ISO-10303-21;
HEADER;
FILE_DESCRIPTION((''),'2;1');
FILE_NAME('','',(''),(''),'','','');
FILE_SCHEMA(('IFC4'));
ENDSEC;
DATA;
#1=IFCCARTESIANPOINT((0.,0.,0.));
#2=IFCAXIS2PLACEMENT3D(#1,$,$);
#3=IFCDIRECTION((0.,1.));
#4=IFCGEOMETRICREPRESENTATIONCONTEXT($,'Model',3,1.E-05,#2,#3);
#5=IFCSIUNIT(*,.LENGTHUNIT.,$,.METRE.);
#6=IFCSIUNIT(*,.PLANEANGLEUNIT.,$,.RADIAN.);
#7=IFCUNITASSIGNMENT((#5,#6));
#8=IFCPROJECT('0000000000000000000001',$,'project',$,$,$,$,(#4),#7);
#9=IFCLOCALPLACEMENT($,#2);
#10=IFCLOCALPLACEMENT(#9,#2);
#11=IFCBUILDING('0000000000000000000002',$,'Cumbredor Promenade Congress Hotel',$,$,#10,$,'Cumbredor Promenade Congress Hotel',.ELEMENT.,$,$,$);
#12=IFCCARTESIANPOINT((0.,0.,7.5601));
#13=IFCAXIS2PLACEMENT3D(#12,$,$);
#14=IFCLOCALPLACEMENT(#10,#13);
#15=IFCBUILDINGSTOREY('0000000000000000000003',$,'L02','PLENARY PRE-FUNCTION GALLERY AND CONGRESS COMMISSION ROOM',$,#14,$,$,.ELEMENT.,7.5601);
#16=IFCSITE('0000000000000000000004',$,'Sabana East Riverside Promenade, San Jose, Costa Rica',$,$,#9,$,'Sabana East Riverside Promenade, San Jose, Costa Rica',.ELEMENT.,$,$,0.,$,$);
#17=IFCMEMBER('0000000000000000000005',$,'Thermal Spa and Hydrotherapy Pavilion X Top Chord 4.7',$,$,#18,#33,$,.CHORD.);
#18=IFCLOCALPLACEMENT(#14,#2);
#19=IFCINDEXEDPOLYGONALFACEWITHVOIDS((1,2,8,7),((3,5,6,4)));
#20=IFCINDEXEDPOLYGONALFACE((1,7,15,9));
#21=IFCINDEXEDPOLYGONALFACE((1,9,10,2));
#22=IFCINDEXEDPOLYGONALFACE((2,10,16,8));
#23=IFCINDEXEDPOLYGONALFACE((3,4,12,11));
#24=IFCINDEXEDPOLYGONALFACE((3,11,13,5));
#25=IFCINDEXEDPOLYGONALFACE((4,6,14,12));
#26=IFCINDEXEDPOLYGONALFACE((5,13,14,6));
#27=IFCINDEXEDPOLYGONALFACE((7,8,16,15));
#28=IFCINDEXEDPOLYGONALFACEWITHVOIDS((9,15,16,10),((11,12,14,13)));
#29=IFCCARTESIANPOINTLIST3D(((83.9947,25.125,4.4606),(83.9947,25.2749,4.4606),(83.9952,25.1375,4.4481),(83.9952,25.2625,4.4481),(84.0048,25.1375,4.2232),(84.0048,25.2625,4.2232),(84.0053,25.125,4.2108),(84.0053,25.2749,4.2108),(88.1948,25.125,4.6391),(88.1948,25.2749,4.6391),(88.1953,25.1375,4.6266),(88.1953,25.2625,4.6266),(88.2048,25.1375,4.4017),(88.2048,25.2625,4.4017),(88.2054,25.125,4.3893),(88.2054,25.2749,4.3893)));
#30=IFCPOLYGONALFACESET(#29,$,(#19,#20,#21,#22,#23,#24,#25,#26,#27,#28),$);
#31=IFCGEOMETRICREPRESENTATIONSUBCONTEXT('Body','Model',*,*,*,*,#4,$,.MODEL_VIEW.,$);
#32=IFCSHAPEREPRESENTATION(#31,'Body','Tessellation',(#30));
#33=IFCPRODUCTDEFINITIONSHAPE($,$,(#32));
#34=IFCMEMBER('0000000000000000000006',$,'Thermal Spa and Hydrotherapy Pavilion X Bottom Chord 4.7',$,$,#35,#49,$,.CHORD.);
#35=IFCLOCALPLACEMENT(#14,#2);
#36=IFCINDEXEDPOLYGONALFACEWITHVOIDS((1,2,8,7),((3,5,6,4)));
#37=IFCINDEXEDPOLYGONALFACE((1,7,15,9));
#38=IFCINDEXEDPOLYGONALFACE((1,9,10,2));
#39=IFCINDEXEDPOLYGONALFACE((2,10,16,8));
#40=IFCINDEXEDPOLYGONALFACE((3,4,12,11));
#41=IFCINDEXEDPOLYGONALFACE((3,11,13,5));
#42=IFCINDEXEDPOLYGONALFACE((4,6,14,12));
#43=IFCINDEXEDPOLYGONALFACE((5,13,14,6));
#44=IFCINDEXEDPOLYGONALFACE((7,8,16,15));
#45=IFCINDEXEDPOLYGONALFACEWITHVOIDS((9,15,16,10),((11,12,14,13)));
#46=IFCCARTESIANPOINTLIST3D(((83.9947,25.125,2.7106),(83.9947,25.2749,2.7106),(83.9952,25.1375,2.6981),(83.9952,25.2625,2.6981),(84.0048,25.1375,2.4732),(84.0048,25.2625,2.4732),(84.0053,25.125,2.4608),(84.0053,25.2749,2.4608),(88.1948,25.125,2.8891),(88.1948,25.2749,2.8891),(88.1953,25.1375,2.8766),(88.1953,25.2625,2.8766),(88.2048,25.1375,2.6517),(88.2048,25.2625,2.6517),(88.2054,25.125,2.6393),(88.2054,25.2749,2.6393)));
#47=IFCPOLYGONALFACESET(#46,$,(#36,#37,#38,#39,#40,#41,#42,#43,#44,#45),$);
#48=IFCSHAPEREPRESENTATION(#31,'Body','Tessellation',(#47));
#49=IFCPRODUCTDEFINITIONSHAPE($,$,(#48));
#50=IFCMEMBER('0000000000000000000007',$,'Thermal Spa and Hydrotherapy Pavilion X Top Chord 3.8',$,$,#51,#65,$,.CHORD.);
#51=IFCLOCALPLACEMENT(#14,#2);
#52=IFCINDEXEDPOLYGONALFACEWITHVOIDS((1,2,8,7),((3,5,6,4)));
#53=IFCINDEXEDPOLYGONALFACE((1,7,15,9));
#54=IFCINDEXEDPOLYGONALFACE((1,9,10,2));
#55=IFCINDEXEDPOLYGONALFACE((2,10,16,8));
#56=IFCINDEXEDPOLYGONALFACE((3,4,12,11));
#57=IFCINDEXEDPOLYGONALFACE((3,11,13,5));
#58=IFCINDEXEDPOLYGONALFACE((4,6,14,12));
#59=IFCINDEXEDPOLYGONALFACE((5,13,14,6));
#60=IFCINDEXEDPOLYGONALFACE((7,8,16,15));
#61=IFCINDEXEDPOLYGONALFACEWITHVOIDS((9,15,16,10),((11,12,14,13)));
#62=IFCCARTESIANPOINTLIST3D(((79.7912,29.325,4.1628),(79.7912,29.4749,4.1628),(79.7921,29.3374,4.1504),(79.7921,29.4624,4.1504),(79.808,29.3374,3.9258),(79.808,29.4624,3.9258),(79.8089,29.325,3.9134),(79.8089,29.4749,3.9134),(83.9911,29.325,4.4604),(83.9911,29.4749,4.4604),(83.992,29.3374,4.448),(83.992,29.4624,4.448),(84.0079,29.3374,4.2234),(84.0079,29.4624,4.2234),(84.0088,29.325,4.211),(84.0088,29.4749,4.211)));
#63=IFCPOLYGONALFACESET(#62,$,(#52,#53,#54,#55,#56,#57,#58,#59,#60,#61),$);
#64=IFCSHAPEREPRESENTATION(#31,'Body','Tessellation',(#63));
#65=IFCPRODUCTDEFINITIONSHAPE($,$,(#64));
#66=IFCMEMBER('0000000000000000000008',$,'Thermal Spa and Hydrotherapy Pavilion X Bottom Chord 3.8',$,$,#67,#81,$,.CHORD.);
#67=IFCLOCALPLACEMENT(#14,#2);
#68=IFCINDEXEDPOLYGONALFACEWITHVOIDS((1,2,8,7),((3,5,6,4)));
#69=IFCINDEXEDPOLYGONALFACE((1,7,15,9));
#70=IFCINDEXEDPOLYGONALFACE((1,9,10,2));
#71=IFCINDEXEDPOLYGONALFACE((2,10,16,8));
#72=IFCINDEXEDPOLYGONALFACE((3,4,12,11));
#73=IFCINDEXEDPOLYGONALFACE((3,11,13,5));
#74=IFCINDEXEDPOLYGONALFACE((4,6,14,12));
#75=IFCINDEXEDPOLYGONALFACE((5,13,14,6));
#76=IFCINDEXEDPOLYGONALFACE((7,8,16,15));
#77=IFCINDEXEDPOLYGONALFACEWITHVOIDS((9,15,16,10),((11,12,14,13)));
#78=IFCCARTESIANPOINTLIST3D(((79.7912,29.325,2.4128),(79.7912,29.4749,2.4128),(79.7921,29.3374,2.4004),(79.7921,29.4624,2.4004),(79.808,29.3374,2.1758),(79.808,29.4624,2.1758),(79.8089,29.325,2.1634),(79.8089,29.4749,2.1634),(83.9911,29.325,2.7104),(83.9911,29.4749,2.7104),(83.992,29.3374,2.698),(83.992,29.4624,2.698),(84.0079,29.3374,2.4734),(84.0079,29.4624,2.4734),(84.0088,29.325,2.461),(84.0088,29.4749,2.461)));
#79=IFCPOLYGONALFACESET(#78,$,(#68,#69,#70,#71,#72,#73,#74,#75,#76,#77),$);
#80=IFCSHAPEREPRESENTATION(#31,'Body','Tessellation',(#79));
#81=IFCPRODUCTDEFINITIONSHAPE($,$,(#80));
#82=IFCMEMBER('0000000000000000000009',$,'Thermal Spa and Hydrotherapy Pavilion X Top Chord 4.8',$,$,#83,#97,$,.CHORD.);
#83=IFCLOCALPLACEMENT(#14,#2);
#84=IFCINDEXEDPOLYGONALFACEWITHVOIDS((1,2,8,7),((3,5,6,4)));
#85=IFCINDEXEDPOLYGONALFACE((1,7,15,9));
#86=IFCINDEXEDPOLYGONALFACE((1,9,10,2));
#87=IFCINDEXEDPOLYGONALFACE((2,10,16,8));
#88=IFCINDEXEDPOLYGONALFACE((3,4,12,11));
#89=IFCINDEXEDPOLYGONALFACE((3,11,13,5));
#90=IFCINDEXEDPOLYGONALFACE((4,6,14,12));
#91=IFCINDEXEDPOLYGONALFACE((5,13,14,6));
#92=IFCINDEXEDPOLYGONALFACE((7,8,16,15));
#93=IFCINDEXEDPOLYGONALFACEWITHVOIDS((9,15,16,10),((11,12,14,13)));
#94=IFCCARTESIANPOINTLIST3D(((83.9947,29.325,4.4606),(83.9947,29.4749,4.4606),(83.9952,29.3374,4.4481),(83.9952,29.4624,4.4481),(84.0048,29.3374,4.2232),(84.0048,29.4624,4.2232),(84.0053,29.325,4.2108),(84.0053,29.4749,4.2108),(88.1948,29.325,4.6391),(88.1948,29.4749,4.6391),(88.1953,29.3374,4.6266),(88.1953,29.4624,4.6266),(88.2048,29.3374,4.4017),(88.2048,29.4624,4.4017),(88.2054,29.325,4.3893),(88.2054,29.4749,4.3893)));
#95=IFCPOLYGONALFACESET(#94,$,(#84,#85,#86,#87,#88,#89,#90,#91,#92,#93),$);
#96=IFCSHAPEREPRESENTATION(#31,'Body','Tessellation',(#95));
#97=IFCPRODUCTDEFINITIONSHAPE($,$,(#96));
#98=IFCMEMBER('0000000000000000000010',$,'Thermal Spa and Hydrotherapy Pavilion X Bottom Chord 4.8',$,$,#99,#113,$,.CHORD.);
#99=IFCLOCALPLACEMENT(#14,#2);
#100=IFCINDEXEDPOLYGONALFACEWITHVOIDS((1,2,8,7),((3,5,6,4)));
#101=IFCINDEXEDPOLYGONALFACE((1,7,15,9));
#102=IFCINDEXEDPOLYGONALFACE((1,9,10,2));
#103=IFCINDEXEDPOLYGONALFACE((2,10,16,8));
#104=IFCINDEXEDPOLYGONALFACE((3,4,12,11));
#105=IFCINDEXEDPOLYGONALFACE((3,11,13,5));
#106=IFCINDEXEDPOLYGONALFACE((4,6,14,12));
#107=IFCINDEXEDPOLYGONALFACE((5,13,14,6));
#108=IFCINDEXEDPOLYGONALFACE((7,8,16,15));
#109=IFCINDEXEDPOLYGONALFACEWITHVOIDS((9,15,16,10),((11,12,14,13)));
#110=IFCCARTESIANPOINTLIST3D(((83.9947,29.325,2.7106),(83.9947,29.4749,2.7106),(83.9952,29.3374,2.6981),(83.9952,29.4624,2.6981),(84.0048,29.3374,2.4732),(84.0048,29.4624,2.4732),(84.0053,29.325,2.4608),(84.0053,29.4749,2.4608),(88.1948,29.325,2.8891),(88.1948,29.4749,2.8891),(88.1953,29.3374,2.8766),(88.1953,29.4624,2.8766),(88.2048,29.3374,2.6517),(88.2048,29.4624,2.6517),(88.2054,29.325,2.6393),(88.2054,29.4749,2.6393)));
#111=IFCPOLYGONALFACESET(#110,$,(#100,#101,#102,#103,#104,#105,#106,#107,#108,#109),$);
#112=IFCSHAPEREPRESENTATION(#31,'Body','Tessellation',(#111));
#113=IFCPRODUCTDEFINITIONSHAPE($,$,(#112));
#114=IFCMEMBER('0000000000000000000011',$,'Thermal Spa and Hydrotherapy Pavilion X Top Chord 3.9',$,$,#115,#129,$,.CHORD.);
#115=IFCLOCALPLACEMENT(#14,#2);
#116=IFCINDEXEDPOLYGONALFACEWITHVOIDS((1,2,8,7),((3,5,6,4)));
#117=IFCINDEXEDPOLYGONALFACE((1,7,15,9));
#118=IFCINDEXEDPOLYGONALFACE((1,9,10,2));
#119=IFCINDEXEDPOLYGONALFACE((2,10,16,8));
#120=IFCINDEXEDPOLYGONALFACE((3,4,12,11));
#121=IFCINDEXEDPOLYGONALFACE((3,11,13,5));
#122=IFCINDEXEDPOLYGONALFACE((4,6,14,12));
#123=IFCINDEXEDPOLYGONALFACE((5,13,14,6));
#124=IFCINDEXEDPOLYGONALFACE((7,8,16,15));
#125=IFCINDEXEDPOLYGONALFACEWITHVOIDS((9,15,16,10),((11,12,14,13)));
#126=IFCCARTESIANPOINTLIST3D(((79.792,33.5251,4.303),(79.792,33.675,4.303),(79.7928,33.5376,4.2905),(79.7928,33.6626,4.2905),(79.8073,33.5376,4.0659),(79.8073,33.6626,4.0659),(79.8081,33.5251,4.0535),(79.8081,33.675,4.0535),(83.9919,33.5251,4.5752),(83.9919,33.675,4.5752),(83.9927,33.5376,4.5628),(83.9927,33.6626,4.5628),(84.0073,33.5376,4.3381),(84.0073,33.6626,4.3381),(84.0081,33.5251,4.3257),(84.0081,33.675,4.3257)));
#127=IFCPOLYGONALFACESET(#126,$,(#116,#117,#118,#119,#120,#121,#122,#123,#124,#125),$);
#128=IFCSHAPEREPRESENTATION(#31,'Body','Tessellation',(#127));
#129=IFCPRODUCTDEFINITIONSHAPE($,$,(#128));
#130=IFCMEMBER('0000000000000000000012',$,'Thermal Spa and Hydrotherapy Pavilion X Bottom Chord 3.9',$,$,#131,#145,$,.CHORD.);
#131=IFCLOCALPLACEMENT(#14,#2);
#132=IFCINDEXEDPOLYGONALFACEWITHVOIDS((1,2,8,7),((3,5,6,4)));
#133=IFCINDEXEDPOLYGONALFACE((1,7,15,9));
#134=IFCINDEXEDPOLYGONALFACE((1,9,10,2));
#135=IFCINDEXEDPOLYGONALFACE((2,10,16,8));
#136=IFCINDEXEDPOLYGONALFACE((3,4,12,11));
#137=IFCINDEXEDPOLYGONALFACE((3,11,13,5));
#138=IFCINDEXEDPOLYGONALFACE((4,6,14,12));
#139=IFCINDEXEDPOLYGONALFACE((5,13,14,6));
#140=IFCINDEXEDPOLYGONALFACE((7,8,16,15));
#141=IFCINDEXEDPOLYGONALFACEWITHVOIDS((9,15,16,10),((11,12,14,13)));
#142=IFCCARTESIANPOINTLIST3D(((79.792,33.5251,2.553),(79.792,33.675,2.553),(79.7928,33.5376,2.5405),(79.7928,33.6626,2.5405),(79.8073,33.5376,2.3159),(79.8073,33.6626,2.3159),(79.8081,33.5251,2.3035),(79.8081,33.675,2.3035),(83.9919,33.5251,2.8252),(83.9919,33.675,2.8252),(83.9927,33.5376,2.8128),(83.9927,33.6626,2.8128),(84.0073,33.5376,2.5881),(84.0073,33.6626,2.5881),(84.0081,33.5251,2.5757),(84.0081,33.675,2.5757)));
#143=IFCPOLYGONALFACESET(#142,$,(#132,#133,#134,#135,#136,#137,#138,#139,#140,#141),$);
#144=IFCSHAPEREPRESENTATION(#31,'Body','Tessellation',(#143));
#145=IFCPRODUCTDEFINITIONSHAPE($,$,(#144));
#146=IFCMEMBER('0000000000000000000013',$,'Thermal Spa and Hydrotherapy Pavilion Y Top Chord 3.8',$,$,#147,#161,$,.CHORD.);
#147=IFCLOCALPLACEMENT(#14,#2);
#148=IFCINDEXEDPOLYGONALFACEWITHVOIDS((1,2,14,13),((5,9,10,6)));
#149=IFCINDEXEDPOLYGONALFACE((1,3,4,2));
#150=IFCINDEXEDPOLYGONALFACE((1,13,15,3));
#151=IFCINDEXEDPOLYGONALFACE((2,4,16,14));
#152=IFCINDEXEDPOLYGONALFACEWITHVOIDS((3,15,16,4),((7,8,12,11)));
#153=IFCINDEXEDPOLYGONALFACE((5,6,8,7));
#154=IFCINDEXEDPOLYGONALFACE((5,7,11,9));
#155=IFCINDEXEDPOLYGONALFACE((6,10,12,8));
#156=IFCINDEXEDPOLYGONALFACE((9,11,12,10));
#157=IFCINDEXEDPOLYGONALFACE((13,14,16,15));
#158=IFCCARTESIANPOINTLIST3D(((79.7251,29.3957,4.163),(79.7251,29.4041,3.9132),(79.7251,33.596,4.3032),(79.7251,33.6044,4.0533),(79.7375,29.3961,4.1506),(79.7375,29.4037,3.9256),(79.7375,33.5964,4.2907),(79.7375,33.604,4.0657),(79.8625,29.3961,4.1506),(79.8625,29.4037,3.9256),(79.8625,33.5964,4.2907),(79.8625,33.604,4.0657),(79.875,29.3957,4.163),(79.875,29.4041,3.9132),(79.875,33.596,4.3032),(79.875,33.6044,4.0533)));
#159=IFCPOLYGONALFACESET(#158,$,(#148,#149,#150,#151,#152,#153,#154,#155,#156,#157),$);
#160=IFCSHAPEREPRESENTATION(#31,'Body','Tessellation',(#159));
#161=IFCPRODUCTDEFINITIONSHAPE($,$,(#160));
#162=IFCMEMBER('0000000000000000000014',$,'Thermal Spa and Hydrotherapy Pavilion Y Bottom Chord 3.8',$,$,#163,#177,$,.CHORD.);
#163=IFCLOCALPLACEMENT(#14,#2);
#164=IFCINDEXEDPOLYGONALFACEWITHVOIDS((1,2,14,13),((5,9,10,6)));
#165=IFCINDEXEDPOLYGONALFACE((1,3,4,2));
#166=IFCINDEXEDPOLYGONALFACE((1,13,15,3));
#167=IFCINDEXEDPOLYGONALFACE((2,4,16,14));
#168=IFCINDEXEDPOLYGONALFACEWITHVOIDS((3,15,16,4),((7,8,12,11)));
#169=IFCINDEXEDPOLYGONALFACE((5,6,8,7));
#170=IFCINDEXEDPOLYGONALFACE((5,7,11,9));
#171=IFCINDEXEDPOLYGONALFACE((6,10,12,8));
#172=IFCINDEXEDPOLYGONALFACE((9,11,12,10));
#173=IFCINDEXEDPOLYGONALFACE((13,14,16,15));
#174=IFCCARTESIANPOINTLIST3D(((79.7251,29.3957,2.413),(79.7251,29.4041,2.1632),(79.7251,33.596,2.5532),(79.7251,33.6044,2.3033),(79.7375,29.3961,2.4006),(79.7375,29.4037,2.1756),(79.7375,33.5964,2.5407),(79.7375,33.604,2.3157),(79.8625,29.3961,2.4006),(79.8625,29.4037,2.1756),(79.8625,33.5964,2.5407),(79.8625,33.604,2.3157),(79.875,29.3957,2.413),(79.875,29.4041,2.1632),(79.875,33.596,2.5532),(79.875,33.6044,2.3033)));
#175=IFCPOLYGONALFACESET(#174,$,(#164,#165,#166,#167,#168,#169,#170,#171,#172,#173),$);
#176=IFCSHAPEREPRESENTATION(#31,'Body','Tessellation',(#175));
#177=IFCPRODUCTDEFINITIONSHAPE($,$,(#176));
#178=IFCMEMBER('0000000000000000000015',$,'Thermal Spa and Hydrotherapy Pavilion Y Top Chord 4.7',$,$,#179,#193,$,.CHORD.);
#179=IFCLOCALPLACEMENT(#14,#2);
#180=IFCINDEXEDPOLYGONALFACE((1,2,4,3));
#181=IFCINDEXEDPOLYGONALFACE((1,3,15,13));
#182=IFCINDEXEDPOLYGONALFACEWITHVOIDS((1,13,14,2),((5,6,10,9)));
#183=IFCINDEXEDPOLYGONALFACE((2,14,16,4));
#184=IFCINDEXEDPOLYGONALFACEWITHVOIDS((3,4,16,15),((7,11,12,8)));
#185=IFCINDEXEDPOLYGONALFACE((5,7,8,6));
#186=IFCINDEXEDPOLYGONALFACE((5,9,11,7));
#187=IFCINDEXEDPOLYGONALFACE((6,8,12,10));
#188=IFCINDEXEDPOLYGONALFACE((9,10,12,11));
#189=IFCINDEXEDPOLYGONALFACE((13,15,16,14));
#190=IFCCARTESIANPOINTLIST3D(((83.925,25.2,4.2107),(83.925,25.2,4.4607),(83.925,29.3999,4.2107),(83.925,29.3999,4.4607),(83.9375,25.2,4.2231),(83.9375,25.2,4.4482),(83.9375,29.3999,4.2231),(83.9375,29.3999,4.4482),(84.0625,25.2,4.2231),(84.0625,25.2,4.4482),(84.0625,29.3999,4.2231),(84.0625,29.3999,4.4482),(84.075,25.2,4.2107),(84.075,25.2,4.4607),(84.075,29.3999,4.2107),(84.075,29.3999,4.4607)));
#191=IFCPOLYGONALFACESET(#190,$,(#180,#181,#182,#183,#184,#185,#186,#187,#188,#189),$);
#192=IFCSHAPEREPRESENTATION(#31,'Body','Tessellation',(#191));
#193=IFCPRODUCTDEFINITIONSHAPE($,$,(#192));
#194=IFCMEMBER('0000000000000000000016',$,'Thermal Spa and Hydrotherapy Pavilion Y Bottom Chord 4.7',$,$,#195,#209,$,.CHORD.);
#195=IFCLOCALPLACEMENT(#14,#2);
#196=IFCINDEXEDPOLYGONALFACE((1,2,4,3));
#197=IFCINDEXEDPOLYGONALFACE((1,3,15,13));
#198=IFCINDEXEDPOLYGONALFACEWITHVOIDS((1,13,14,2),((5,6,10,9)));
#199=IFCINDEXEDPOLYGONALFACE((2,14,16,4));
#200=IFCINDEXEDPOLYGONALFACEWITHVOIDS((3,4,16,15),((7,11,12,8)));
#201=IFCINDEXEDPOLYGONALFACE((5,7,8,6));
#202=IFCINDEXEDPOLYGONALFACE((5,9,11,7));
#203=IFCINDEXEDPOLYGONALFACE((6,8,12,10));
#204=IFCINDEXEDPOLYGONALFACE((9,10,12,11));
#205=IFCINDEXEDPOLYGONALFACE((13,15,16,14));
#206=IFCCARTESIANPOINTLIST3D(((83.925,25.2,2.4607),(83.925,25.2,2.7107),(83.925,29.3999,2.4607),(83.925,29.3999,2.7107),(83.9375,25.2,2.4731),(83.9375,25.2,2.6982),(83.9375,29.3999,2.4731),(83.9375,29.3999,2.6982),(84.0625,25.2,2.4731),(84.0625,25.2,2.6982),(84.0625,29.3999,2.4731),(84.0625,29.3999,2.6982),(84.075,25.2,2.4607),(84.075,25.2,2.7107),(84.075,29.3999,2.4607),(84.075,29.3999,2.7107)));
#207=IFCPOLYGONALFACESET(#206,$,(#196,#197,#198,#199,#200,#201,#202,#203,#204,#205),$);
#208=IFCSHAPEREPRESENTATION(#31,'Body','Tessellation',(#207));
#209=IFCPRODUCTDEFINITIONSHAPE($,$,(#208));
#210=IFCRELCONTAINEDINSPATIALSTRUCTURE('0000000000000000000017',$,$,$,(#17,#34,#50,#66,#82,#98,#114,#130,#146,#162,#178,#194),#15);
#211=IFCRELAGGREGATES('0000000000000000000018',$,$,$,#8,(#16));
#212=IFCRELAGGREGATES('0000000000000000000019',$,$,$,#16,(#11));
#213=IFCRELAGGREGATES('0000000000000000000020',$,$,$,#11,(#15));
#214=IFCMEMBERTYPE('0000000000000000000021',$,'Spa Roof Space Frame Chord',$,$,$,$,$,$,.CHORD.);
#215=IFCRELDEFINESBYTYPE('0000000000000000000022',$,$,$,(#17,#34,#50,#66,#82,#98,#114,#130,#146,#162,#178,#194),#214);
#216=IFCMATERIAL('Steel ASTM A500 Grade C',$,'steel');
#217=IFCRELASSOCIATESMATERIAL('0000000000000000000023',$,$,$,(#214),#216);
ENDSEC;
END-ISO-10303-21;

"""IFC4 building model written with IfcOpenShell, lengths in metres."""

from ifc_helpers import new_model, si_unit, direction, frame, origin, origin_2d, place, context, subcontext, project, spatial, hollow_rectangle, extrude, material, material_profile, profile_set, type_object, element, save


model = new_model("IFC4")

# Units and contexts
model_context = context("Model", 3, precision=1e-05, world=origin(), true_north=direction((0.0, 1.0)))
body_context = subcontext(model_context, "Body", "Model", "MODEL_VIEW")
ifc_project = project(units=[si_unit("LENGTHUNIT", "METRE"), si_unit("PLANEANGLEUNIT", "RADIAN")], contexts=[model_context])

# Site, building, storey
site_placement = place(None, origin())
site = spatial("IfcSite", under=ifc_project, at=site_placement, Name="Sabana East Riverside Promenade, San Jose, Costa Rica", LongName="Sabana East Riverside Promenade, San Jose, Costa Rica", CompositionType="ELEMENT", RefElevation=0.0)
building_placement = place(site_placement, origin())
building = spatial("IfcBuilding", under=site, at=building_placement, Name="Cumbredor Promenade Congress Hotel", LongName="Cumbredor Promenade Congress Hotel", CompositionType="ELEMENT")
storey_placement = place(building_placement, frame((0.0, 0.0, 7.5601)))
storey = spatial("IfcBuildingStorey", under=building, at=storey_placement, Name="L02", Description="PLENARY PRE-FUNCTION GALLERY AND CONGRESS COMMISSION ROOM", CompositionType="ELEMENT", Elevation=7.5601)

# Members
ifc_material_1 = material(Name="Steel ASTM A500 Grade C", Category="steel")
ifc_material_profile_1 = material_profile(ifc_material_1, hollow_rectangle(XDim=0.1499, YDim=0.25, WallThickness=0.0125, at=origin_2d()), Name="HSS 250x150x12.5")
ifc_profile_set_1 = profile_set([ifc_material_profile_1], Name="Steel ASTM A500 Grade C")
member_type_1 = type_object("IfcMemberType", Name="Spa Roof Space Frame Chord", PredefinedType="CHORD", material=ifc_profile_set_1)
for number, where, z_axis, x_axis, name in (
    (1, (84.0, 25.2, 4.3357), (0.999098, 0.0, 0.042454), (0.0, 1.0, 0.0), "Thermal Spa and Hydrotherapy Pavilion X Top Chord 4.7"),
    (2, (84.0, 25.2, 2.5857), (0.999098, 0.0, 0.042454), (0.0, 1.0, 0.0), "Thermal Spa and Hydrotherapy Pavilion X Bottom Chord 4.7"),
):
    element("IfcMember", number, at=place(storey_placement, frame(where, z_axis=z_axis, x_axis=x_axis)), inside=storey, type_object=member_type_1, Name=name, PredefinedType="CHORD", context=body_context, shape_type="SweptSolid", body=[
        extrude(hollow_rectangle(XDim=0.1499, YDim=0.25, WallThickness=0.0125, at=origin_2d()), origin(), (0.0, 0.0, 1.0), 4.2039),
    ])
for number, where, z_axis, x_axis, name in (
    (3, (79.8, 29.3999, 4.0381), (0.997499, 0.0, 0.070683), (0.0, 1.0, 0.0), "Thermal Spa and Hydrotherapy Pavilion X Top Chord 3.8"),
    (4, (79.8, 29.3999, 2.2881), (0.997499, 0.0, 0.070683), (0.0, 1.0, 0.0), "Thermal Spa and Hydrotherapy Pavilion X Bottom Chord 3.8"),
):
    element("IfcMember", number, at=place(storey_placement, frame(where, z_axis=z_axis, x_axis=x_axis)), inside=storey, type_object=member_type_1, Name=name, PredefinedType="CHORD", context=body_context, shape_type="SweptSolid", body=[
        extrude(hollow_rectangle(XDim=0.1499, YDim=0.25, WallThickness=0.0125, at=origin_2d()), origin(), (0.0, 0.0, 1.0), 4.2104),
    ])
for number, where, z_axis, x_axis, name in (
    (5, (84.0, 29.3999, 4.3357), (0.999098, 0.0, 0.042454), (0.0, 1.0, 0.0), "Thermal Spa and Hydrotherapy Pavilion X Top Chord 4.8"),
    (6, (84.0, 29.3999, 2.5857), (0.999098, 0.0, 0.042454), (0.0, 1.0, 0.0), "Thermal Spa and Hydrotherapy Pavilion X Bottom Chord 4.8"),
):
    element("IfcMember", number, at=place(storey_placement, frame(where, z_axis=z_axis, x_axis=x_axis)), inside=storey, type_object=member_type_1, Name=name, PredefinedType="CHORD", context=body_context, shape_type="SweptSolid", body=[
        extrude(hollow_rectangle(XDim=0.1499, YDim=0.25, WallThickness=0.0125, at=origin_2d()), origin(), (0.0, 0.0, 1.0), 4.2039),
    ])
for number, where, z_axis, x_axis, name in (
    (7, (79.8, 33.6001, 4.1782), (0.997906, 0.0, 0.064679), (0.0, 1.0, 0.0), "Thermal Spa and Hydrotherapy Pavilion X Top Chord 3.9"),
    (8, (79.8, 33.6001, 2.4282), (0.997906, 0.0, 0.064679), (0.0, 1.0, 0.0), "Thermal Spa and Hydrotherapy Pavilion X Bottom Chord 3.9"),
):
    element("IfcMember", number, at=place(storey_placement, frame(where, z_axis=z_axis, x_axis=x_axis)), inside=storey, type_object=member_type_1, Name=name, PredefinedType="CHORD", context=body_context, shape_type="SweptSolid", body=[
        extrude(hollow_rectangle(XDim=0.1499, YDim=0.25, WallThickness=0.0125, at=origin_2d()), origin(), (0.0, 0.0, 1.0), 4.2087),
    ])
for number, where, z_axis, x_axis, name in (
    (9, (79.8, 29.3999, 4.0381), (0.0, 0.999444, 0.033346), (-1.0, 0.0, 0.0), "Thermal Spa and Hydrotherapy Pavilion Y Top Chord 3.8"),
    (10, (79.8, 29.3999, 2.2881), (0.0, 0.999444, 0.033346), (-1.0, 0.0, 0.0), "Thermal Spa and Hydrotherapy Pavilion Y Bottom Chord 3.8"),
):
    element("IfcMember", number, at=place(storey_placement, frame(where, z_axis=z_axis, x_axis=x_axis)), inside=storey, type_object=member_type_1, Name=name, PredefinedType="CHORD", context=body_context, shape_type="SweptSolid", body=[
        extrude(hollow_rectangle(XDim=0.1499, YDim=0.25, WallThickness=0.0125, at=origin_2d()), origin(), (0.0, 0.0, 1.0), 4.2026),
    ])
for number, where, z_axis, x_axis, name in (
    (11, (84.0, 25.2, 4.3357), (0.0, 1.0, 0.0), (-1.0, 0.0, 0.0), "Thermal Spa and Hydrotherapy Pavilion Y Top Chord 4.7"),
    (12, (84.0, 25.2, 2.5857), (0.0, 1.0, 0.0), (-1.0, 0.0, 0.0), "Thermal Spa and Hydrotherapy Pavilion Y Bottom Chord 4.7"),
):
    element("IfcMember", number, at=place(storey_placement, frame(where, z_axis=z_axis, x_axis=x_axis)), inside=storey, type_object=member_type_1, Name=name, PredefinedType="CHORD", context=body_context, shape_type="SweptSolid", body=[
        extrude(hollow_rectangle(XDim=0.1499, YDim=0.25, WallThickness=0.0125, at=origin_2d()), origin(), (0.0, 0.0, 1.0), 4.2),
    ])

save(model, "model.ifc")
